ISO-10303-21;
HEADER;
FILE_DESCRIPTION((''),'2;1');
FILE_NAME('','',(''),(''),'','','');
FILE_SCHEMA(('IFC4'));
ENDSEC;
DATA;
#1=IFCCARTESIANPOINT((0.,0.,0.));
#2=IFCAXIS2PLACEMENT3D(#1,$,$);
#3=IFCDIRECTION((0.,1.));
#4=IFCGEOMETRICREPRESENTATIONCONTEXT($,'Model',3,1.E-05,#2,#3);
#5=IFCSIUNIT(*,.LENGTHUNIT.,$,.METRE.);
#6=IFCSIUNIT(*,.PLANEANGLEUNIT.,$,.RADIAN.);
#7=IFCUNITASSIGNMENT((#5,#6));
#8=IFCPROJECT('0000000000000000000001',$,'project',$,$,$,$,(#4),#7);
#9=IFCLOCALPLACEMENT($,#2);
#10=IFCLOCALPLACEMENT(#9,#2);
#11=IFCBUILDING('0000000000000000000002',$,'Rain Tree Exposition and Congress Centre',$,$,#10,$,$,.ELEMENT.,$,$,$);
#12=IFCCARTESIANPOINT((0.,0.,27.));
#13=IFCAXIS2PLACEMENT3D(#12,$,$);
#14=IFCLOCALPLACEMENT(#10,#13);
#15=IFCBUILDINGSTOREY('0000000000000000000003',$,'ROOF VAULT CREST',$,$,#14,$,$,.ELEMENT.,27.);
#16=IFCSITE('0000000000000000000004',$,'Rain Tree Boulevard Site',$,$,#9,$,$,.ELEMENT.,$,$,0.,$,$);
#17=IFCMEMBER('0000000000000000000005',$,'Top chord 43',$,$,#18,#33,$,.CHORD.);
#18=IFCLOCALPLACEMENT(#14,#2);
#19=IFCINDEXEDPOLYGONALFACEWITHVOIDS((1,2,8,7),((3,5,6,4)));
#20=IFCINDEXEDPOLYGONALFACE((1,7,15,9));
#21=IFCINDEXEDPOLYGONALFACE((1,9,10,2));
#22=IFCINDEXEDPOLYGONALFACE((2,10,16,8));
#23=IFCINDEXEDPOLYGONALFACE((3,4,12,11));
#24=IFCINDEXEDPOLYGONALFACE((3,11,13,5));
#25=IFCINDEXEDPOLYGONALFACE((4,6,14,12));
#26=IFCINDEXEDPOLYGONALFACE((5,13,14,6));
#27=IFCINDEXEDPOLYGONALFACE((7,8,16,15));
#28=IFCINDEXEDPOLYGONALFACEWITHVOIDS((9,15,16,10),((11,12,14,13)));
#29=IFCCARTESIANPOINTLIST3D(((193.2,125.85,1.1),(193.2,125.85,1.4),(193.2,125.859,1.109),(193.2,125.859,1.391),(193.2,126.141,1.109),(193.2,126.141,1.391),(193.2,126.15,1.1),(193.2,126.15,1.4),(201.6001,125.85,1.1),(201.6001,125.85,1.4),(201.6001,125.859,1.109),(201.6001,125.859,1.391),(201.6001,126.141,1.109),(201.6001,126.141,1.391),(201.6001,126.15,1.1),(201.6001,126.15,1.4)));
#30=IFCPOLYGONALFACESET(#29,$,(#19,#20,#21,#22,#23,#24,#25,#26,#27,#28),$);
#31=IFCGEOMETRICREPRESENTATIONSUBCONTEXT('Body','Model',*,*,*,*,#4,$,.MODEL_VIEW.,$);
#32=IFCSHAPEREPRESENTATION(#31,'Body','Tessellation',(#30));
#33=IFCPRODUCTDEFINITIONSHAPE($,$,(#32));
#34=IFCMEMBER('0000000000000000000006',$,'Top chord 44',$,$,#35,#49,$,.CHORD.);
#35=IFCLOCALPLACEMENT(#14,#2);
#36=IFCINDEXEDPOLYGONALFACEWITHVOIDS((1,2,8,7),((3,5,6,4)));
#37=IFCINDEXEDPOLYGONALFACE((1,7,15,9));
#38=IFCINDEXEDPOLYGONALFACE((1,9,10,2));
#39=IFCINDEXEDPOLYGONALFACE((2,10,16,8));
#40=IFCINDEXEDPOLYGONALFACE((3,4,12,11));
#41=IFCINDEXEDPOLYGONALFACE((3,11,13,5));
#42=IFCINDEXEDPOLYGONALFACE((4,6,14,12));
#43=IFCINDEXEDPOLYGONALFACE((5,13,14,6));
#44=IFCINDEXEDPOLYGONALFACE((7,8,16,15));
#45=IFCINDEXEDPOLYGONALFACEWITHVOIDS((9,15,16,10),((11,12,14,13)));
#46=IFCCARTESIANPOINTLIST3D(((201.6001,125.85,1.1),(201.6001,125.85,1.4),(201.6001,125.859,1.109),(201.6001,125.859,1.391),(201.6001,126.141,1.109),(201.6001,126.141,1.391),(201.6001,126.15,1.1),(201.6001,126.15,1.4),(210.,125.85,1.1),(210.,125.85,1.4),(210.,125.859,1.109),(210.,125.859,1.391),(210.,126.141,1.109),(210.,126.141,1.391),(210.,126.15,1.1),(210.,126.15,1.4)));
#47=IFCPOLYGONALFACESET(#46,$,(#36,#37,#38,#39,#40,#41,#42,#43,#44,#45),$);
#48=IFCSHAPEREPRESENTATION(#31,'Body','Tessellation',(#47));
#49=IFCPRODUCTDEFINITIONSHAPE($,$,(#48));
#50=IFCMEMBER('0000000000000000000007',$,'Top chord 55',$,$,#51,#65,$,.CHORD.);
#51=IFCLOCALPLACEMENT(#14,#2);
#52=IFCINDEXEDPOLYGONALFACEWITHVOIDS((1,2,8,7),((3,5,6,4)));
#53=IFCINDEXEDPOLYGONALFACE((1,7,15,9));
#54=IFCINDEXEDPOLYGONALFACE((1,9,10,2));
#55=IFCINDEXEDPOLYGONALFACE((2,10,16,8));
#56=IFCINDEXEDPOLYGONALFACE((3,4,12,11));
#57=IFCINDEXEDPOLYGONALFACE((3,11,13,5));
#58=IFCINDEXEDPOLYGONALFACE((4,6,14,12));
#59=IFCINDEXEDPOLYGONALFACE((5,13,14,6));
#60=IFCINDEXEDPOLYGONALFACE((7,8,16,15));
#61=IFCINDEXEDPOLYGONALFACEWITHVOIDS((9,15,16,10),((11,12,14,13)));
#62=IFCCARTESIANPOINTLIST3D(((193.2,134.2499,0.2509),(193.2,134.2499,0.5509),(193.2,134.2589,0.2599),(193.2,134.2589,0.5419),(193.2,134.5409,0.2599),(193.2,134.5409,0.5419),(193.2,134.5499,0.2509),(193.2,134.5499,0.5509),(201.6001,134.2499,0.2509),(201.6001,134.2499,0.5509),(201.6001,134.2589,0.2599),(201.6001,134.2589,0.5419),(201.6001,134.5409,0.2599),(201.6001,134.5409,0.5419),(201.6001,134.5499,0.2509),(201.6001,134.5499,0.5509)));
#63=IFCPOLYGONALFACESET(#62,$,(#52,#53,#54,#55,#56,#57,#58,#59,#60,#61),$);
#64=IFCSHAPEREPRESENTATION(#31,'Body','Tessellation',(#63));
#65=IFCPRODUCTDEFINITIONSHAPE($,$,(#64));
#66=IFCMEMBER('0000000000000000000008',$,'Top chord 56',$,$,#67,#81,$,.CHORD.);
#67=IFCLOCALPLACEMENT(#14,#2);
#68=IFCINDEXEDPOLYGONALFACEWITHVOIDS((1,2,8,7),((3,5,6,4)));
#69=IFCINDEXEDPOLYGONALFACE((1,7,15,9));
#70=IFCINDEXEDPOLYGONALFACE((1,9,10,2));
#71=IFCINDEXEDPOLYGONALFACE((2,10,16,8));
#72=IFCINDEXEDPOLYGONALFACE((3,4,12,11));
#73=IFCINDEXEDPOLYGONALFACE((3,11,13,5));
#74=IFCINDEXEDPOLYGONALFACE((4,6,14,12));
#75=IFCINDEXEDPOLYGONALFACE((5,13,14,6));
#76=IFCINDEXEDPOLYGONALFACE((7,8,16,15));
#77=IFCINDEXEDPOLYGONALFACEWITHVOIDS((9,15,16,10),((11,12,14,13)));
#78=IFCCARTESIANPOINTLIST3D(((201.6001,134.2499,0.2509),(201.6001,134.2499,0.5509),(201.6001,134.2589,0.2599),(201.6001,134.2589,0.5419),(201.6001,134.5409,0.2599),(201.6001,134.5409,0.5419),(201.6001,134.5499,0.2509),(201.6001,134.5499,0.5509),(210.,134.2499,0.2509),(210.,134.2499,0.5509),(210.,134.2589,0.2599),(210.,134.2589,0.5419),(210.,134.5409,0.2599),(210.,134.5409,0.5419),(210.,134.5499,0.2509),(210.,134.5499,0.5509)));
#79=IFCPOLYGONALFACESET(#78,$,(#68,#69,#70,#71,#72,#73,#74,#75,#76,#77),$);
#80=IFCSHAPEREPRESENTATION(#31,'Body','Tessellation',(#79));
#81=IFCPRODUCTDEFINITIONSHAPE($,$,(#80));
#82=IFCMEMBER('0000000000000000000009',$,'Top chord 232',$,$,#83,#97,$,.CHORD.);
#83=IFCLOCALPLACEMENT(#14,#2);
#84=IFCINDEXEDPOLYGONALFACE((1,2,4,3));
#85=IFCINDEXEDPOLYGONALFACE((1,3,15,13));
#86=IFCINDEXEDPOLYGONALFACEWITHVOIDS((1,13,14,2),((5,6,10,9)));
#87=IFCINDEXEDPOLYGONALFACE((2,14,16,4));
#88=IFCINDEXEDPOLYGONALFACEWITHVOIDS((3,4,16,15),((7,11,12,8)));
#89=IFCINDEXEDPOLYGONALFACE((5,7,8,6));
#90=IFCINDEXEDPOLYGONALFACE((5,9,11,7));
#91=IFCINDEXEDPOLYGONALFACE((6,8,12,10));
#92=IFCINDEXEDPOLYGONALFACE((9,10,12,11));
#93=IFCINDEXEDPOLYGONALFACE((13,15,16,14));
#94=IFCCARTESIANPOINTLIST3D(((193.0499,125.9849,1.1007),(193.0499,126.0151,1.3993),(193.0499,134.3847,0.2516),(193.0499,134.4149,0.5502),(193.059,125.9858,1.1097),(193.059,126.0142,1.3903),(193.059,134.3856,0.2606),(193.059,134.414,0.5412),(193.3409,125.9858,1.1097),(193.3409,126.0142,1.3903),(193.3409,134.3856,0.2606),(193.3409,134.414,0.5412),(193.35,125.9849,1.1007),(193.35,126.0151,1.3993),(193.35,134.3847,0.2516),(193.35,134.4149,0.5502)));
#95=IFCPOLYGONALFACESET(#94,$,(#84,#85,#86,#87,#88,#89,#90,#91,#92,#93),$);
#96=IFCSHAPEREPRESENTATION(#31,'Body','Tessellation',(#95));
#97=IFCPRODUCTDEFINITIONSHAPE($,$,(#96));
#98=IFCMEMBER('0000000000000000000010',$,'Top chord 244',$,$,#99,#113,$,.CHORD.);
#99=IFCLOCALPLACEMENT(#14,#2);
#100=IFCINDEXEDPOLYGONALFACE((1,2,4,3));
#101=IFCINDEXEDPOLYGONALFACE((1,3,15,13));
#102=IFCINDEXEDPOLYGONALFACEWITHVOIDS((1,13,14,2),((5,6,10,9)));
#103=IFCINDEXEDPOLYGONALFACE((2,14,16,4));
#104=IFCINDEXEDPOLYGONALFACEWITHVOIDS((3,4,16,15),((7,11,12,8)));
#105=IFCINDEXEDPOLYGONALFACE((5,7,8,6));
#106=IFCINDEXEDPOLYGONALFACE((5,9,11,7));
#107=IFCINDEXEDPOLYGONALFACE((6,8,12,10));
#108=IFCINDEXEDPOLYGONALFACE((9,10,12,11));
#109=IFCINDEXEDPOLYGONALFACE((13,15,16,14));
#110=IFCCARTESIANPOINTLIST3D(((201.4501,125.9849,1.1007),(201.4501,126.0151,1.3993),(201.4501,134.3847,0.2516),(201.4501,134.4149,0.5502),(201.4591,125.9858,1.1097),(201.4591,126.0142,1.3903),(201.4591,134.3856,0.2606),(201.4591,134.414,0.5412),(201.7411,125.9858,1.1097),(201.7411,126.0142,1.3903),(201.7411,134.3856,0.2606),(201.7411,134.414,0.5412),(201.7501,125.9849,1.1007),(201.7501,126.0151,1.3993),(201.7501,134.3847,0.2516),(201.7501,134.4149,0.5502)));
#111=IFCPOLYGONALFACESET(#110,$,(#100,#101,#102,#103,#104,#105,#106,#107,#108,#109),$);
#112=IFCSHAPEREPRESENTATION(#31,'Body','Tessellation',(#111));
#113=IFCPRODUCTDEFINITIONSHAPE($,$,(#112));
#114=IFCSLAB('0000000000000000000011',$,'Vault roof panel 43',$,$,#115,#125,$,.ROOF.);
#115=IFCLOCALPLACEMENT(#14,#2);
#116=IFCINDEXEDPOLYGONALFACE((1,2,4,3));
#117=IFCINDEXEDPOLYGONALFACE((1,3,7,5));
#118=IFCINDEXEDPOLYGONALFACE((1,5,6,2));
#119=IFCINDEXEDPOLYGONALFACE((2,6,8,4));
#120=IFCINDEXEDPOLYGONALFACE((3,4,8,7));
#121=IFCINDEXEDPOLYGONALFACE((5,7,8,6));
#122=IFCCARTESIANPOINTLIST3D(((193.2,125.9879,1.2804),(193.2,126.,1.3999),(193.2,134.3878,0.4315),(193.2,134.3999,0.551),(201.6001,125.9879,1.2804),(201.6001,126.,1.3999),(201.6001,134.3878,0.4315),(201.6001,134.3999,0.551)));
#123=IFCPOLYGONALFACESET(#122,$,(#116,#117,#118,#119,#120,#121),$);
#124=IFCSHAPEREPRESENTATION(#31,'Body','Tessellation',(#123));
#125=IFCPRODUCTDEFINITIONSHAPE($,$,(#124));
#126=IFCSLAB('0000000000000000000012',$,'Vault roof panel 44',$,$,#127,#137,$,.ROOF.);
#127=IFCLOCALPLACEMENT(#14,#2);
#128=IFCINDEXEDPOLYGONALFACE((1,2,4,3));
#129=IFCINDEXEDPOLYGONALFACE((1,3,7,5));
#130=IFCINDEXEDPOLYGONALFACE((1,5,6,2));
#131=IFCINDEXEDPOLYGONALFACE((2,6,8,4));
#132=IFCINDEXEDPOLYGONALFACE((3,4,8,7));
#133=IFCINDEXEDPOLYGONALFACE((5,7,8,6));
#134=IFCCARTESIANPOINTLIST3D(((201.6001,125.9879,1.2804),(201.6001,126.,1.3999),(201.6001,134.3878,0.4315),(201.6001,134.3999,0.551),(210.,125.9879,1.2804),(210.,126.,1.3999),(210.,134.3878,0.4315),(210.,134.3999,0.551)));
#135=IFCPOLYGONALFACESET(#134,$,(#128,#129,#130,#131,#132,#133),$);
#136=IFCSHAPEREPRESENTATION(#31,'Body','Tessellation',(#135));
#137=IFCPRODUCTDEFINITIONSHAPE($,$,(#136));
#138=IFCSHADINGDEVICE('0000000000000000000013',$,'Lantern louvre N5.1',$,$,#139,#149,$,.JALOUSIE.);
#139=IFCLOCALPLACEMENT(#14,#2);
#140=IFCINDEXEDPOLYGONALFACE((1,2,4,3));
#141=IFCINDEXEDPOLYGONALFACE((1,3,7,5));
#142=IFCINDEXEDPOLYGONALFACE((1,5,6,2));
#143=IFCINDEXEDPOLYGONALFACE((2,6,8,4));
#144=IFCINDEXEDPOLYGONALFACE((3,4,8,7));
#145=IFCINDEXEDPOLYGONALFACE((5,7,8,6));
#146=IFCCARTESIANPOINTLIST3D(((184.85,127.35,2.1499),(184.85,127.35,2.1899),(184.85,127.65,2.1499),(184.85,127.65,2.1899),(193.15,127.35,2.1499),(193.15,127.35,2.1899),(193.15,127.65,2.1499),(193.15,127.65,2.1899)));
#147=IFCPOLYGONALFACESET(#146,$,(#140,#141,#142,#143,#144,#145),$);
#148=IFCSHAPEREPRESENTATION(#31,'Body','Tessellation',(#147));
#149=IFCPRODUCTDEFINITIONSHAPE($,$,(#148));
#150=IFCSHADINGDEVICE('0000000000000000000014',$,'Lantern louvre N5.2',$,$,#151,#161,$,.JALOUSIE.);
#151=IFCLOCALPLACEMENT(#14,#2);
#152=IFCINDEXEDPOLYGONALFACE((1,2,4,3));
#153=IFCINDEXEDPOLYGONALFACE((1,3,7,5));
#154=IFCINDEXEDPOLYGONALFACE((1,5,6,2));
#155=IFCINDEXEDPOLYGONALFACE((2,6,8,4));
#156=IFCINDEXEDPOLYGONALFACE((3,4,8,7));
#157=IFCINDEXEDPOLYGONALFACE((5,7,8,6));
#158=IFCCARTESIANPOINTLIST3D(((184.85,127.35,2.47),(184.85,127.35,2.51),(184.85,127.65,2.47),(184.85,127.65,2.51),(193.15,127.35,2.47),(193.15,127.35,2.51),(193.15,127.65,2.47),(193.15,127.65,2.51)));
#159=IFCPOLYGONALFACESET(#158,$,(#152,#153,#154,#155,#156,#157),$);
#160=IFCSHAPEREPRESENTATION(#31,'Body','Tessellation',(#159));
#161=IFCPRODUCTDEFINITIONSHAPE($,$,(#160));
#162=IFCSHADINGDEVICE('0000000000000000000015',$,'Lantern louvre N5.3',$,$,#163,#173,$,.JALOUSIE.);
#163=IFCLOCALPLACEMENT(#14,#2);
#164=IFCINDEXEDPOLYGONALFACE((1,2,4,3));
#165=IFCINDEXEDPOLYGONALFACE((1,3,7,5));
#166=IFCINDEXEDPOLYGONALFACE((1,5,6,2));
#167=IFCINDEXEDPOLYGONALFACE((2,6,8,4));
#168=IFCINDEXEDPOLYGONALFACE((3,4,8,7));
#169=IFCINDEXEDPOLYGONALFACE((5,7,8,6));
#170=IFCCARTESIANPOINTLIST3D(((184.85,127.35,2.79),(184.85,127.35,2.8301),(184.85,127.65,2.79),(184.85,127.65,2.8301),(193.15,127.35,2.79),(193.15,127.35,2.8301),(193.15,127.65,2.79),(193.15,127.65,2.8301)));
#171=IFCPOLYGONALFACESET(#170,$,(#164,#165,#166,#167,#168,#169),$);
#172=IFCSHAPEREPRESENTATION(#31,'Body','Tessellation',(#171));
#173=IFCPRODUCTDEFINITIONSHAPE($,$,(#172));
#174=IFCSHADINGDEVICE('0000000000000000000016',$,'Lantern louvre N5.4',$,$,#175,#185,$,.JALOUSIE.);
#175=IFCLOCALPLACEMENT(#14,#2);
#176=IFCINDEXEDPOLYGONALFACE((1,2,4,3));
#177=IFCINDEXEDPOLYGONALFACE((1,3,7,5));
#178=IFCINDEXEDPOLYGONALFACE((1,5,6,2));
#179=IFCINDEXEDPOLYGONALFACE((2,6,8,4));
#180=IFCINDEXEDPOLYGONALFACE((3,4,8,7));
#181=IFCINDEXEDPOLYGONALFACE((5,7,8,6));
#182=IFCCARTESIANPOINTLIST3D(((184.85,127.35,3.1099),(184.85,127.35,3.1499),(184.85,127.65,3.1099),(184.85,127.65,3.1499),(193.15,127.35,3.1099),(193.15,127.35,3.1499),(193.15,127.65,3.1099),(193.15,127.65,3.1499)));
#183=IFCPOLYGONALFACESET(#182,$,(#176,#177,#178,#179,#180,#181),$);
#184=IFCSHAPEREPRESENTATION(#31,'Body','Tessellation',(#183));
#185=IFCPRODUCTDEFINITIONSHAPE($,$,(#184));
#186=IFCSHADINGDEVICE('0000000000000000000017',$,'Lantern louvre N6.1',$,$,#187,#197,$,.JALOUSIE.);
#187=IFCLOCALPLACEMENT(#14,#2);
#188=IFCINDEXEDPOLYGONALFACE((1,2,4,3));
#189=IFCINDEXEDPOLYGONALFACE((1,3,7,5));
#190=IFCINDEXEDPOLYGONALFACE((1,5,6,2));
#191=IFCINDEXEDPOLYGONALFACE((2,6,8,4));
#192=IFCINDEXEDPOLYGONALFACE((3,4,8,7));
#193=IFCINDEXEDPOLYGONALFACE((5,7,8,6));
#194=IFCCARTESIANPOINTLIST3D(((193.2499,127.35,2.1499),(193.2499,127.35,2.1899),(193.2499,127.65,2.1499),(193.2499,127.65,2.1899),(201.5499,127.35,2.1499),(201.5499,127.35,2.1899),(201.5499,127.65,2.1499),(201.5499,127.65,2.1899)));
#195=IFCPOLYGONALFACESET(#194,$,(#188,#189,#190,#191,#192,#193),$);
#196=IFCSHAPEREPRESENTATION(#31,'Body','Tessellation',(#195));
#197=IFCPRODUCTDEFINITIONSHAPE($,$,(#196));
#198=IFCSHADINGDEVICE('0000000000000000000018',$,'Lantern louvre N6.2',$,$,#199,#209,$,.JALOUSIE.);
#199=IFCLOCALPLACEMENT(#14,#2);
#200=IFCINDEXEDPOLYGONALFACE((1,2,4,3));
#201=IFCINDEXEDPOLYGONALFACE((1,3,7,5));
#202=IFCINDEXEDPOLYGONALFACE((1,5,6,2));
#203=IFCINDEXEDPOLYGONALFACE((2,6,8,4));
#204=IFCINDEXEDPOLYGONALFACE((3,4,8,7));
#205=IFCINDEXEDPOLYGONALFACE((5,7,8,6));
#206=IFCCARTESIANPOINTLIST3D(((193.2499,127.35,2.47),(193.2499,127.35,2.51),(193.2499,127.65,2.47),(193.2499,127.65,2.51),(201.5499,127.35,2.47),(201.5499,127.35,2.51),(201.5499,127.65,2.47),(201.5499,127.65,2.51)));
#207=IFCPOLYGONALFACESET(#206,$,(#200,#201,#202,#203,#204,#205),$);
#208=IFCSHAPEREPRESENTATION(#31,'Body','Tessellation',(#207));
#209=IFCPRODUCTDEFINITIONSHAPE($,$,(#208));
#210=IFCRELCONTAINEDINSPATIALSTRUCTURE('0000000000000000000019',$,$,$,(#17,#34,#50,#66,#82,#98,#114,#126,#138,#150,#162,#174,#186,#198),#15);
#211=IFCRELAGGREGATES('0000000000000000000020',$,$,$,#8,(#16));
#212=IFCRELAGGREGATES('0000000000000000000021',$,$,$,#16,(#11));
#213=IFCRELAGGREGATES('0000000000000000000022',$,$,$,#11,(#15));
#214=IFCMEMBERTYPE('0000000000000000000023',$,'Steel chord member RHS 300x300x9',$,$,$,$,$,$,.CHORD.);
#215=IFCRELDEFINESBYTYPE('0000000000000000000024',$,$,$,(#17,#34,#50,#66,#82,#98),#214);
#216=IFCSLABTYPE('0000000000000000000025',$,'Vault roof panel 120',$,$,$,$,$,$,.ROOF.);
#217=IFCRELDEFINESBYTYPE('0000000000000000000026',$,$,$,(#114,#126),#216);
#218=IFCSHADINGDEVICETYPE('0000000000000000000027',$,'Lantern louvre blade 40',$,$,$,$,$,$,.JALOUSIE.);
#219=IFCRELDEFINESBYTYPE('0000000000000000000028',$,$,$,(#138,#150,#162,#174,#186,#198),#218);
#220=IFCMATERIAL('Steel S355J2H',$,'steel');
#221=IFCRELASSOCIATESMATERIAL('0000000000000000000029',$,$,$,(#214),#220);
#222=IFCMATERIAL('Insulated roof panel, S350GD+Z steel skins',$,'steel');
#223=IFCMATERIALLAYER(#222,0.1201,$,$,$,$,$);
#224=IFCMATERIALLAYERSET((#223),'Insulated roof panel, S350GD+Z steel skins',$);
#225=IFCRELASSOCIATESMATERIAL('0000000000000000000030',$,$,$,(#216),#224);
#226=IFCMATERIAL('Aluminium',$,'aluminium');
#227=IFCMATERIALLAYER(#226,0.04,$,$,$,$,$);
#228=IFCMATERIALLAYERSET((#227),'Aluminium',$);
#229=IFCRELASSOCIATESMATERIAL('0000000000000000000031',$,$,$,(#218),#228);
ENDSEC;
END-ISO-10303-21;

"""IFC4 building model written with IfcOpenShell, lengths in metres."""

from ifc_helpers import new_model, si_unit, direction, frame, origin, origin_2d, place, context, subcontext, project, spatial, polyline, rectangle, hollow_rectangle, outline, extrude, material, layer, layer_set, material_profile, profile_set, type_object, element, save


model = new_model("IFC4")

# Units and contexts
model_context = context("Model", 3, precision=1e-05, world=origin(), true_north=direction((0.0, 1.0)))
body_context = subcontext(model_context, "Body", "Model", "MODEL_VIEW")
ifc_project = project(units=[si_unit("LENGTHUNIT", "METRE"), si_unit("PLANEANGLEUNIT", "RADIAN")], contexts=[model_context])

# Site, building, storey
site_placement = place(None, origin())
site = spatial("IfcSite", under=ifc_project, at=site_placement, Name="Rain Tree Boulevard Site", CompositionType="ELEMENT", RefElevation=0.0)
building_placement = place(site_placement, origin())
building = spatial("IfcBuilding", under=site, at=building_placement, Name="Rain Tree Exposition and Congress Centre", CompositionType="ELEMENT")
storey_placement = place(building_placement, frame((0.0, 0.0, 27.0)))
storey = spatial("IfcBuildingStorey", under=building, at=storey_placement, Name="ROOF VAULT CREST", CompositionType="ELEMENT", Elevation=27.0)

# Members
ifc_material_1 = material(Name="Steel S355J2H", Category="steel")
ifc_material_profile_1 = material_profile(ifc_material_1, hollow_rectangle(XDim=0.3, YDim=0.3, WallThickness=0.009, at=origin_2d()), Name="RHS 300x300x9")
ifc_profile_set_1 = profile_set([ifc_material_profile_1], Name="Steel S355J2H")
member_type = type_object("IfcMemberType", Name="Steel chord member RHS 300x300x9", PredefinedType="CHORD", material=ifc_profile_set_1)
member_1_placement = place(storey_placement, frame((193.2, 126.0, 1.25), z_axis=(1.0, 0.0, 0.0), x_axis=(0.0, 1.0, 0.0)))
element("IfcMember", 1, at=member_1_placement, inside=storey, type_object=member_type, Name="Top chord 43", PredefinedType="CHORD", context=body_context, shape_type="SweptSolid", body=[
    extrude(hollow_rectangle(XDim=0.3, YDim=0.3, WallThickness=0.009, at=origin_2d()), origin(), (0.0, 0.0, 1.0), 8.4001),
])
member_2_placement = place(storey_placement, frame((201.6001, 126.0, 1.25), z_axis=(1.0, 0.0, 0.0), x_axis=(0.0, 1.0, 0.0)))
element("IfcMember", 2, at=member_2_placement, inside=storey, type_object=member_type, Name="Top chord 44", PredefinedType="CHORD", context=body_context, shape_type="SweptSolid", body=[
    extrude(hollow_rectangle(XDim=0.3, YDim=0.3, WallThickness=0.009, at=origin_2d()), origin(), (0.0, 0.0, 1.0), 8.3999),
])
member_3_placement = place(storey_placement, frame((193.2, 134.3999, 0.4009), z_axis=(1.0, 0.0, 0.0), x_axis=(0.0, 1.0, 0.0)))
element("IfcMember", 3, at=member_3_placement, inside=storey, type_object=member_type, Name="Top chord 55", PredefinedType="CHORD", context=body_context, shape_type="SweptSolid", body=[
    extrude(hollow_rectangle(XDim=0.3, YDim=0.3, WallThickness=0.009, at=origin_2d()), origin(), (0.0, 0.0, 1.0), 8.4001),
])
member_4_placement = place(storey_placement, frame((201.6001, 134.3999, 0.4009), z_axis=(1.0, 0.0, 0.0), x_axis=(0.0, 1.0, 0.0)))
element("IfcMember", 4, at=member_4_placement, inside=storey, type_object=member_type, Name="Top chord 56", PredefinedType="CHORD", context=body_context, shape_type="SweptSolid", body=[
    extrude(hollow_rectangle(XDim=0.3, YDim=0.3, WallThickness=0.009, at=origin_2d()), origin(), (0.0, 0.0, 1.0), 8.3999),
])
for number, where, z_axis, x_axis, name in (
    (5, (193.2, 126.0, 1.25), (0.0, 0.99493, -0.100574), (-1.0, 0.0, 0.0), "Top chord 232"),
    (6, (201.6001, 126.0, 1.25), (0.0, 0.99493, -0.100574), (-1.0, 0.0, 0.0), "Top chord 244"),
):
    element("IfcMember", number, at=place(storey_placement, frame(where, z_axis=z_axis, x_axis=x_axis)), inside=storey, type_object=member_type, Name=name, PredefinedType="CHORD", context=body_context, shape_type="SweptSolid", body=[
        extrude(hollow_rectangle(XDim=0.3, YDim=0.3, WallThickness=0.009, at=origin_2d()), origin(), (0.0, 0.0, 1.0), 8.4426),
    ])

# Slabs
ifc_material_2 = material(Name="Insulated roof panel, S350GD+Z steel skins", Category="steel")
ifc_layer_1 = layer(ifc_material_2, 0.1201)
ifc_layer_set_1 = layer_set([ifc_layer_1], Name="Insulated roof panel, S350GD+Z steel skins")
slab_type = type_object("IfcSlabType", Name="Vault roof panel 120", PredefinedType="ROOF", material=ifc_layer_set_1)
slab_1_placement = place(storey_placement, frame((193.2, 126.0, 1.3999), z_axis=(0.0, 0.100546, 0.994932), x_axis=(1.0, 0.0, 0.0)))
element("IfcSlab", 7, at=slab_1_placement, inside=storey, type_object=slab_type, Name="Vault roof panel 43", PredefinedType="ROOF", context=body_context, shape_type="SweptSolid", body=[
    extrude(outline(polyline([(0.0, 0.0), (8.4001, 0.0), (8.4001, 8.4427), (0.0, 8.4427), (0.0, 0.0)])), origin(), (0.0, 0.0, -1.0), 0.1201),
])
slab_2_placement = place(storey_placement, frame((201.6001, 126.0, 1.3999), z_axis=(0.0, 0.100546, 0.994932), x_axis=(1.0, 0.0, 0.0)))
element("IfcSlab", 8, at=slab_2_placement, inside=storey, type_object=slab_type, Name="Vault roof panel 44", PredefinedType="ROOF", context=body_context, shape_type="SweptSolid", body=[
    extrude(outline(polyline([(0.0, 0.0), (8.3999, 0.0), (8.3999, 8.4427), (0.0, 8.4427), (0.0, 0.0)])), origin(), (0.0, 0.0, -1.0), 0.1201),
])

# Shading devices
ifc_material_3 = material(Name="Aluminium", Category="aluminium")
ifc_layer_2 = layer(ifc_material_3, 0.04)
ifc_layer_set_2 = layer_set([ifc_layer_2], Name="Aluminium")
shading_device_type = type_object("IfcShadingDeviceType", Name="Lantern louvre blade 40", PredefinedType="JALOUSIE", material=ifc_layer_set_2)
for number, where, z_axis, x_axis, name in (
    (9, (189.0, 127.5, 2.1499), (0.0, 0.0, 1.0), (1.0, 0.0, 0.0), "Lantern louvre N5.1"),
    (10, (189.0, 127.5, 2.47), (0.0, 0.0, 1.0), (1.0, 0.0, 0.0), "Lantern louvre N5.2"),
    (11, (189.0, 127.5, 2.79), (0.0, 0.0, 1.0), (1.0, 0.0, 0.0), "Lantern louvre N5.3"),
    (12, (189.0, 127.5, 3.1099), (0.0, 0.0, 1.0), (1.0, 0.0, 0.0), "Lantern louvre N5.4"),
    (13, (197.3999, 127.5, 2.1499), (0.0, 0.0, 1.0), (1.0, 0.0, 0.0), "Lantern louvre N6.1"),
    (14, (197.3999, 127.5, 2.47), (0.0, 0.0, 1.0), (1.0, 0.0, 0.0), "Lantern louvre N6.2"),
):
    element("IfcShadingDevice", number, at=place(storey_placement, frame(where, z_axis=z_axis, x_axis=x_axis)), inside=storey, type_object=shading_device_type, Name=name, PredefinedType="JALOUSIE", context=body_context, shape_type="SweptSolid", body=[
        extrude(rectangle(XDim=8.3, YDim=0.3, at=origin_2d()), origin(), (0.0, 0.0, 1.0), 0.04),
    ])

save(model, "model.ifc")
